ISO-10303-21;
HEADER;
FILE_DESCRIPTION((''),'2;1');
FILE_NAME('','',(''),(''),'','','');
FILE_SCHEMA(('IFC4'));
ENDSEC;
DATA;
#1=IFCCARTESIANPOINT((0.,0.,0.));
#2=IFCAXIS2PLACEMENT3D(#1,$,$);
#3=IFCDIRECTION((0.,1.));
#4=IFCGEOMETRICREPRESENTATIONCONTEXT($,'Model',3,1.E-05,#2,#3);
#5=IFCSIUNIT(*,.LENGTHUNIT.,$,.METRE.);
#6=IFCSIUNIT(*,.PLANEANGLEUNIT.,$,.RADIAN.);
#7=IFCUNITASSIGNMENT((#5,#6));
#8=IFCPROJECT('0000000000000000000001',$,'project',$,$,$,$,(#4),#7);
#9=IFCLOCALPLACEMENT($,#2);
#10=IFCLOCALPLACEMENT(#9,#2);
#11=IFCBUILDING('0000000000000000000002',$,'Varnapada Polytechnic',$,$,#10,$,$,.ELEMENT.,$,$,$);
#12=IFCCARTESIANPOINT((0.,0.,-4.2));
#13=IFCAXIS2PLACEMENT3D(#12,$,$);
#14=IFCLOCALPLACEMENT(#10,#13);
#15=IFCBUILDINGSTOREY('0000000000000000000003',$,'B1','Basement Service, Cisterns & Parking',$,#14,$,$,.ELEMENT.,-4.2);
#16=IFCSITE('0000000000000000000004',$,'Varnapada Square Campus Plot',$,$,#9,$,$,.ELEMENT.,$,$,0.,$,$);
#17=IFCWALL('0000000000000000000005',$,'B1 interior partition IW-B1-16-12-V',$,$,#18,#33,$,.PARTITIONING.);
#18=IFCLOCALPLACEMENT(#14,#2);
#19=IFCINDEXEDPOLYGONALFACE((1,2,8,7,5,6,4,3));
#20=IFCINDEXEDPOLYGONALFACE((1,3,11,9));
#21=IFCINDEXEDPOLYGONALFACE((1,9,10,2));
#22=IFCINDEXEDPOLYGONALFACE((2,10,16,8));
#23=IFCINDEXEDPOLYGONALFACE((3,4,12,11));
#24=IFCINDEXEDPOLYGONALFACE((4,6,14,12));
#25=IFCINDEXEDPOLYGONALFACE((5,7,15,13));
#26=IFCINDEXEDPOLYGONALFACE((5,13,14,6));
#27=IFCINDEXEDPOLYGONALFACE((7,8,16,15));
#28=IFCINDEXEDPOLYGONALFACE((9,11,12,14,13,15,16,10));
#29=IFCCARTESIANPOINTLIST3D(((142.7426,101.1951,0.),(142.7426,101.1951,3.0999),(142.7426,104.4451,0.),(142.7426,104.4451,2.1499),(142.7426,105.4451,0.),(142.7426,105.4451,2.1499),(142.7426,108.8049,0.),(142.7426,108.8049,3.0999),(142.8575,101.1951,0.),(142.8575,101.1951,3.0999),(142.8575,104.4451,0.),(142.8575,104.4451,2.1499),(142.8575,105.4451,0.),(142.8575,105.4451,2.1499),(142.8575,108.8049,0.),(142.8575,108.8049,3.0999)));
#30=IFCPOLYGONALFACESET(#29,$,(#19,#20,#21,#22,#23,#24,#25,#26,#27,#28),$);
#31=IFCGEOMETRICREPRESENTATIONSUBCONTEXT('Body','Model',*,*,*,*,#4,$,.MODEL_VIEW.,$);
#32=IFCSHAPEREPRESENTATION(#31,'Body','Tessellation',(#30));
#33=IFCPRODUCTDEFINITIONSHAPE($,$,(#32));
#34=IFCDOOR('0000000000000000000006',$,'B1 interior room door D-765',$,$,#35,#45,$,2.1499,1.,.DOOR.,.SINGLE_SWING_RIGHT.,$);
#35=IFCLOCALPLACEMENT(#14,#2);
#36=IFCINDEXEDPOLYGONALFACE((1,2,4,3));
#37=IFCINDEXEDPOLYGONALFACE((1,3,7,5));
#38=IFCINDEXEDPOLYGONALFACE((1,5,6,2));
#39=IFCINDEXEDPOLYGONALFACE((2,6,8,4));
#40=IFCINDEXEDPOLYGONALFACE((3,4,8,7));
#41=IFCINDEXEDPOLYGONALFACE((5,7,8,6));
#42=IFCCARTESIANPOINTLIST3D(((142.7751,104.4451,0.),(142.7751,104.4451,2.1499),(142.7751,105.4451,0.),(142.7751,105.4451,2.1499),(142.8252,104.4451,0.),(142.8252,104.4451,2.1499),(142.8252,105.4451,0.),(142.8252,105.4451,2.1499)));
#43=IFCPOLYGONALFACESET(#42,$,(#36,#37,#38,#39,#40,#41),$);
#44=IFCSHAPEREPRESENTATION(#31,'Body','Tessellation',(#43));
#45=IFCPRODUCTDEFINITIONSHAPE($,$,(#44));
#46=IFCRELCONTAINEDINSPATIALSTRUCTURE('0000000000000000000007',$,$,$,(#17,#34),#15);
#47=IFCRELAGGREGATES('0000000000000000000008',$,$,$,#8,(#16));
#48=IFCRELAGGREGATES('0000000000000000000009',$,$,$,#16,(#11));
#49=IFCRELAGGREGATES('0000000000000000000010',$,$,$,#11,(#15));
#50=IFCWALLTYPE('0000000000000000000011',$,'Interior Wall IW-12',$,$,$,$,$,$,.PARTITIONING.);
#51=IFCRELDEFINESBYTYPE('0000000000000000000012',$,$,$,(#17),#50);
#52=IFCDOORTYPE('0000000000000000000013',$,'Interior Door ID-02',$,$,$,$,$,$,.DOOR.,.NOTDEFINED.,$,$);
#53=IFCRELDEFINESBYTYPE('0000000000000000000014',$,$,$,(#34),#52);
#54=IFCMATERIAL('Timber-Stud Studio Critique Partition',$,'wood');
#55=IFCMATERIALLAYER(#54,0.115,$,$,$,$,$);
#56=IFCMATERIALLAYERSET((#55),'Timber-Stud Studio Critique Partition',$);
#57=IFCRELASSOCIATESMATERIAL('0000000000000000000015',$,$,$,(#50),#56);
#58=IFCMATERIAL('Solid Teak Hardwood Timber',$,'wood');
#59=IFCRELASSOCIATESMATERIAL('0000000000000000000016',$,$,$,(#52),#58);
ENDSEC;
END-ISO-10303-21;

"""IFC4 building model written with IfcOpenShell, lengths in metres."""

from ifc_helpers import new_model, si_unit, direction, frame, frame_2d, origin, place, context, subcontext, project, spatial, rectangle, extrude, material, layer, layer_set, type_object, element, fill, save


model = new_model("IFC4")

# Units and contexts
model_context = context("Model", 3, precision=1e-05, world=origin(), true_north=direction((0.0, 1.0)))
body_context = subcontext(model_context, "Body", "Model", "MODEL_VIEW")
ifc_project = project(units=[si_unit("LENGTHUNIT", "METRE"), si_unit("PLANEANGLEUNIT", "RADIAN")], contexts=[model_context])

# Site, building, storey
site_placement = place(None, origin())
site = spatial("IfcSite", under=ifc_project, at=site_placement, Name="Varnapada Square Campus Plot", CompositionType="ELEMENT", RefElevation=0.0)
building_placement = place(site_placement, origin())
building = spatial("IfcBuilding", under=site, at=building_placement, Name="Varnapada Polytechnic", CompositionType="ELEMENT")
storey_placement = place(building_placement, frame((0.0, 0.0, -4.2)))
storey = spatial("IfcBuildingStorey", under=building, at=storey_placement, Name="B1", Description="Basement Service, Cisterns & Parking", CompositionType="ELEMENT", Elevation=-4.2)

# Wall, opening, door
ifc_material_1 = material(Name="Timber-Stud Studio Critique Partition", Category="wood")
ifc_layer_1 = layer(ifc_material_1, 0.115)
ifc_layer_set_1 = layer_set([ifc_layer_1], Name="Timber-Stud Studio Critique Partition")
wall_type_1 = type_object("IfcWallType", Name="Interior Wall IW-12", PredefinedType="PARTITIONING", material=ifc_layer_set_1)
wall_1_placement = place(storey_placement, frame((142.8, 101.1951, 0.0), z_axis=(0.0, 0.0, 1.0), x_axis=(0.0, 1.0, 0.0)))
wall_1 = element("IfcWall", 1, at=wall_1_placement, inside=storey, type_object=wall_type_1, Name="B1 interior partition IW-B1-16-12-V", PredefinedType="PARTITIONING", context=body_context, shape_type="SweptSolid", body=[
    extrude(rectangle(XDim=7.6099, YDim=0.115, at=frame_2d((3.8049, 0.0))), origin(), (0.0, 0.0, 1.0), 3.0999),
])
opening_placement = place(wall_1_placement, frame((3.25, 0.0, 0.0)))
opening = element("IfcOpeningElement", 2, at=opening_placement, cuts=wall_1, PredefinedType="OPENING", context=body_context, shape_type="SweptSolid", body=[
    extrude(rectangle(XDim=1.0, YDim=2.1499, at=frame_2d((0.5, 1.075))), frame((0.0, 0.0674, 0.0), z_axis=(0.0, -1.0, 0.0), x_axis=(1.0, 0.0, 0.0)), (0.0, 0.0, 1.0), 0.135),
])
ifc_material_2 = material(Name="Solid Teak Hardwood Timber", Category="wood")
door_type = type_object("IfcDoorType", Name="Interior Door ID-02", OperationType="NOTDEFINED", PredefinedType="DOOR", material=ifc_material_2)
door_placement = place(opening_placement, origin())
door = element("IfcDoor", 3, at=door_placement, inside=storey, type_object=door_type, Name="B1 interior room door D-765", OperationType="SINGLE_SWING_RIGHT", OverallHeight=2.1499, OverallWidth=1.0, PredefinedType="DOOR", context=body_context, shape_type="SweptSolid", body=[
    extrude(rectangle(XDim=1.0, YDim=2.1499, at=frame_2d((0.5, 1.075))), frame((0.0, 0.0249, 0.0), z_axis=(0.0, -1.0, 0.0), x_axis=(1.0, 0.0, 0.0)), (0.0, 0.0, 1.0), 0.05),
])
fill(opening, door)

save(model, "model.ifc")
